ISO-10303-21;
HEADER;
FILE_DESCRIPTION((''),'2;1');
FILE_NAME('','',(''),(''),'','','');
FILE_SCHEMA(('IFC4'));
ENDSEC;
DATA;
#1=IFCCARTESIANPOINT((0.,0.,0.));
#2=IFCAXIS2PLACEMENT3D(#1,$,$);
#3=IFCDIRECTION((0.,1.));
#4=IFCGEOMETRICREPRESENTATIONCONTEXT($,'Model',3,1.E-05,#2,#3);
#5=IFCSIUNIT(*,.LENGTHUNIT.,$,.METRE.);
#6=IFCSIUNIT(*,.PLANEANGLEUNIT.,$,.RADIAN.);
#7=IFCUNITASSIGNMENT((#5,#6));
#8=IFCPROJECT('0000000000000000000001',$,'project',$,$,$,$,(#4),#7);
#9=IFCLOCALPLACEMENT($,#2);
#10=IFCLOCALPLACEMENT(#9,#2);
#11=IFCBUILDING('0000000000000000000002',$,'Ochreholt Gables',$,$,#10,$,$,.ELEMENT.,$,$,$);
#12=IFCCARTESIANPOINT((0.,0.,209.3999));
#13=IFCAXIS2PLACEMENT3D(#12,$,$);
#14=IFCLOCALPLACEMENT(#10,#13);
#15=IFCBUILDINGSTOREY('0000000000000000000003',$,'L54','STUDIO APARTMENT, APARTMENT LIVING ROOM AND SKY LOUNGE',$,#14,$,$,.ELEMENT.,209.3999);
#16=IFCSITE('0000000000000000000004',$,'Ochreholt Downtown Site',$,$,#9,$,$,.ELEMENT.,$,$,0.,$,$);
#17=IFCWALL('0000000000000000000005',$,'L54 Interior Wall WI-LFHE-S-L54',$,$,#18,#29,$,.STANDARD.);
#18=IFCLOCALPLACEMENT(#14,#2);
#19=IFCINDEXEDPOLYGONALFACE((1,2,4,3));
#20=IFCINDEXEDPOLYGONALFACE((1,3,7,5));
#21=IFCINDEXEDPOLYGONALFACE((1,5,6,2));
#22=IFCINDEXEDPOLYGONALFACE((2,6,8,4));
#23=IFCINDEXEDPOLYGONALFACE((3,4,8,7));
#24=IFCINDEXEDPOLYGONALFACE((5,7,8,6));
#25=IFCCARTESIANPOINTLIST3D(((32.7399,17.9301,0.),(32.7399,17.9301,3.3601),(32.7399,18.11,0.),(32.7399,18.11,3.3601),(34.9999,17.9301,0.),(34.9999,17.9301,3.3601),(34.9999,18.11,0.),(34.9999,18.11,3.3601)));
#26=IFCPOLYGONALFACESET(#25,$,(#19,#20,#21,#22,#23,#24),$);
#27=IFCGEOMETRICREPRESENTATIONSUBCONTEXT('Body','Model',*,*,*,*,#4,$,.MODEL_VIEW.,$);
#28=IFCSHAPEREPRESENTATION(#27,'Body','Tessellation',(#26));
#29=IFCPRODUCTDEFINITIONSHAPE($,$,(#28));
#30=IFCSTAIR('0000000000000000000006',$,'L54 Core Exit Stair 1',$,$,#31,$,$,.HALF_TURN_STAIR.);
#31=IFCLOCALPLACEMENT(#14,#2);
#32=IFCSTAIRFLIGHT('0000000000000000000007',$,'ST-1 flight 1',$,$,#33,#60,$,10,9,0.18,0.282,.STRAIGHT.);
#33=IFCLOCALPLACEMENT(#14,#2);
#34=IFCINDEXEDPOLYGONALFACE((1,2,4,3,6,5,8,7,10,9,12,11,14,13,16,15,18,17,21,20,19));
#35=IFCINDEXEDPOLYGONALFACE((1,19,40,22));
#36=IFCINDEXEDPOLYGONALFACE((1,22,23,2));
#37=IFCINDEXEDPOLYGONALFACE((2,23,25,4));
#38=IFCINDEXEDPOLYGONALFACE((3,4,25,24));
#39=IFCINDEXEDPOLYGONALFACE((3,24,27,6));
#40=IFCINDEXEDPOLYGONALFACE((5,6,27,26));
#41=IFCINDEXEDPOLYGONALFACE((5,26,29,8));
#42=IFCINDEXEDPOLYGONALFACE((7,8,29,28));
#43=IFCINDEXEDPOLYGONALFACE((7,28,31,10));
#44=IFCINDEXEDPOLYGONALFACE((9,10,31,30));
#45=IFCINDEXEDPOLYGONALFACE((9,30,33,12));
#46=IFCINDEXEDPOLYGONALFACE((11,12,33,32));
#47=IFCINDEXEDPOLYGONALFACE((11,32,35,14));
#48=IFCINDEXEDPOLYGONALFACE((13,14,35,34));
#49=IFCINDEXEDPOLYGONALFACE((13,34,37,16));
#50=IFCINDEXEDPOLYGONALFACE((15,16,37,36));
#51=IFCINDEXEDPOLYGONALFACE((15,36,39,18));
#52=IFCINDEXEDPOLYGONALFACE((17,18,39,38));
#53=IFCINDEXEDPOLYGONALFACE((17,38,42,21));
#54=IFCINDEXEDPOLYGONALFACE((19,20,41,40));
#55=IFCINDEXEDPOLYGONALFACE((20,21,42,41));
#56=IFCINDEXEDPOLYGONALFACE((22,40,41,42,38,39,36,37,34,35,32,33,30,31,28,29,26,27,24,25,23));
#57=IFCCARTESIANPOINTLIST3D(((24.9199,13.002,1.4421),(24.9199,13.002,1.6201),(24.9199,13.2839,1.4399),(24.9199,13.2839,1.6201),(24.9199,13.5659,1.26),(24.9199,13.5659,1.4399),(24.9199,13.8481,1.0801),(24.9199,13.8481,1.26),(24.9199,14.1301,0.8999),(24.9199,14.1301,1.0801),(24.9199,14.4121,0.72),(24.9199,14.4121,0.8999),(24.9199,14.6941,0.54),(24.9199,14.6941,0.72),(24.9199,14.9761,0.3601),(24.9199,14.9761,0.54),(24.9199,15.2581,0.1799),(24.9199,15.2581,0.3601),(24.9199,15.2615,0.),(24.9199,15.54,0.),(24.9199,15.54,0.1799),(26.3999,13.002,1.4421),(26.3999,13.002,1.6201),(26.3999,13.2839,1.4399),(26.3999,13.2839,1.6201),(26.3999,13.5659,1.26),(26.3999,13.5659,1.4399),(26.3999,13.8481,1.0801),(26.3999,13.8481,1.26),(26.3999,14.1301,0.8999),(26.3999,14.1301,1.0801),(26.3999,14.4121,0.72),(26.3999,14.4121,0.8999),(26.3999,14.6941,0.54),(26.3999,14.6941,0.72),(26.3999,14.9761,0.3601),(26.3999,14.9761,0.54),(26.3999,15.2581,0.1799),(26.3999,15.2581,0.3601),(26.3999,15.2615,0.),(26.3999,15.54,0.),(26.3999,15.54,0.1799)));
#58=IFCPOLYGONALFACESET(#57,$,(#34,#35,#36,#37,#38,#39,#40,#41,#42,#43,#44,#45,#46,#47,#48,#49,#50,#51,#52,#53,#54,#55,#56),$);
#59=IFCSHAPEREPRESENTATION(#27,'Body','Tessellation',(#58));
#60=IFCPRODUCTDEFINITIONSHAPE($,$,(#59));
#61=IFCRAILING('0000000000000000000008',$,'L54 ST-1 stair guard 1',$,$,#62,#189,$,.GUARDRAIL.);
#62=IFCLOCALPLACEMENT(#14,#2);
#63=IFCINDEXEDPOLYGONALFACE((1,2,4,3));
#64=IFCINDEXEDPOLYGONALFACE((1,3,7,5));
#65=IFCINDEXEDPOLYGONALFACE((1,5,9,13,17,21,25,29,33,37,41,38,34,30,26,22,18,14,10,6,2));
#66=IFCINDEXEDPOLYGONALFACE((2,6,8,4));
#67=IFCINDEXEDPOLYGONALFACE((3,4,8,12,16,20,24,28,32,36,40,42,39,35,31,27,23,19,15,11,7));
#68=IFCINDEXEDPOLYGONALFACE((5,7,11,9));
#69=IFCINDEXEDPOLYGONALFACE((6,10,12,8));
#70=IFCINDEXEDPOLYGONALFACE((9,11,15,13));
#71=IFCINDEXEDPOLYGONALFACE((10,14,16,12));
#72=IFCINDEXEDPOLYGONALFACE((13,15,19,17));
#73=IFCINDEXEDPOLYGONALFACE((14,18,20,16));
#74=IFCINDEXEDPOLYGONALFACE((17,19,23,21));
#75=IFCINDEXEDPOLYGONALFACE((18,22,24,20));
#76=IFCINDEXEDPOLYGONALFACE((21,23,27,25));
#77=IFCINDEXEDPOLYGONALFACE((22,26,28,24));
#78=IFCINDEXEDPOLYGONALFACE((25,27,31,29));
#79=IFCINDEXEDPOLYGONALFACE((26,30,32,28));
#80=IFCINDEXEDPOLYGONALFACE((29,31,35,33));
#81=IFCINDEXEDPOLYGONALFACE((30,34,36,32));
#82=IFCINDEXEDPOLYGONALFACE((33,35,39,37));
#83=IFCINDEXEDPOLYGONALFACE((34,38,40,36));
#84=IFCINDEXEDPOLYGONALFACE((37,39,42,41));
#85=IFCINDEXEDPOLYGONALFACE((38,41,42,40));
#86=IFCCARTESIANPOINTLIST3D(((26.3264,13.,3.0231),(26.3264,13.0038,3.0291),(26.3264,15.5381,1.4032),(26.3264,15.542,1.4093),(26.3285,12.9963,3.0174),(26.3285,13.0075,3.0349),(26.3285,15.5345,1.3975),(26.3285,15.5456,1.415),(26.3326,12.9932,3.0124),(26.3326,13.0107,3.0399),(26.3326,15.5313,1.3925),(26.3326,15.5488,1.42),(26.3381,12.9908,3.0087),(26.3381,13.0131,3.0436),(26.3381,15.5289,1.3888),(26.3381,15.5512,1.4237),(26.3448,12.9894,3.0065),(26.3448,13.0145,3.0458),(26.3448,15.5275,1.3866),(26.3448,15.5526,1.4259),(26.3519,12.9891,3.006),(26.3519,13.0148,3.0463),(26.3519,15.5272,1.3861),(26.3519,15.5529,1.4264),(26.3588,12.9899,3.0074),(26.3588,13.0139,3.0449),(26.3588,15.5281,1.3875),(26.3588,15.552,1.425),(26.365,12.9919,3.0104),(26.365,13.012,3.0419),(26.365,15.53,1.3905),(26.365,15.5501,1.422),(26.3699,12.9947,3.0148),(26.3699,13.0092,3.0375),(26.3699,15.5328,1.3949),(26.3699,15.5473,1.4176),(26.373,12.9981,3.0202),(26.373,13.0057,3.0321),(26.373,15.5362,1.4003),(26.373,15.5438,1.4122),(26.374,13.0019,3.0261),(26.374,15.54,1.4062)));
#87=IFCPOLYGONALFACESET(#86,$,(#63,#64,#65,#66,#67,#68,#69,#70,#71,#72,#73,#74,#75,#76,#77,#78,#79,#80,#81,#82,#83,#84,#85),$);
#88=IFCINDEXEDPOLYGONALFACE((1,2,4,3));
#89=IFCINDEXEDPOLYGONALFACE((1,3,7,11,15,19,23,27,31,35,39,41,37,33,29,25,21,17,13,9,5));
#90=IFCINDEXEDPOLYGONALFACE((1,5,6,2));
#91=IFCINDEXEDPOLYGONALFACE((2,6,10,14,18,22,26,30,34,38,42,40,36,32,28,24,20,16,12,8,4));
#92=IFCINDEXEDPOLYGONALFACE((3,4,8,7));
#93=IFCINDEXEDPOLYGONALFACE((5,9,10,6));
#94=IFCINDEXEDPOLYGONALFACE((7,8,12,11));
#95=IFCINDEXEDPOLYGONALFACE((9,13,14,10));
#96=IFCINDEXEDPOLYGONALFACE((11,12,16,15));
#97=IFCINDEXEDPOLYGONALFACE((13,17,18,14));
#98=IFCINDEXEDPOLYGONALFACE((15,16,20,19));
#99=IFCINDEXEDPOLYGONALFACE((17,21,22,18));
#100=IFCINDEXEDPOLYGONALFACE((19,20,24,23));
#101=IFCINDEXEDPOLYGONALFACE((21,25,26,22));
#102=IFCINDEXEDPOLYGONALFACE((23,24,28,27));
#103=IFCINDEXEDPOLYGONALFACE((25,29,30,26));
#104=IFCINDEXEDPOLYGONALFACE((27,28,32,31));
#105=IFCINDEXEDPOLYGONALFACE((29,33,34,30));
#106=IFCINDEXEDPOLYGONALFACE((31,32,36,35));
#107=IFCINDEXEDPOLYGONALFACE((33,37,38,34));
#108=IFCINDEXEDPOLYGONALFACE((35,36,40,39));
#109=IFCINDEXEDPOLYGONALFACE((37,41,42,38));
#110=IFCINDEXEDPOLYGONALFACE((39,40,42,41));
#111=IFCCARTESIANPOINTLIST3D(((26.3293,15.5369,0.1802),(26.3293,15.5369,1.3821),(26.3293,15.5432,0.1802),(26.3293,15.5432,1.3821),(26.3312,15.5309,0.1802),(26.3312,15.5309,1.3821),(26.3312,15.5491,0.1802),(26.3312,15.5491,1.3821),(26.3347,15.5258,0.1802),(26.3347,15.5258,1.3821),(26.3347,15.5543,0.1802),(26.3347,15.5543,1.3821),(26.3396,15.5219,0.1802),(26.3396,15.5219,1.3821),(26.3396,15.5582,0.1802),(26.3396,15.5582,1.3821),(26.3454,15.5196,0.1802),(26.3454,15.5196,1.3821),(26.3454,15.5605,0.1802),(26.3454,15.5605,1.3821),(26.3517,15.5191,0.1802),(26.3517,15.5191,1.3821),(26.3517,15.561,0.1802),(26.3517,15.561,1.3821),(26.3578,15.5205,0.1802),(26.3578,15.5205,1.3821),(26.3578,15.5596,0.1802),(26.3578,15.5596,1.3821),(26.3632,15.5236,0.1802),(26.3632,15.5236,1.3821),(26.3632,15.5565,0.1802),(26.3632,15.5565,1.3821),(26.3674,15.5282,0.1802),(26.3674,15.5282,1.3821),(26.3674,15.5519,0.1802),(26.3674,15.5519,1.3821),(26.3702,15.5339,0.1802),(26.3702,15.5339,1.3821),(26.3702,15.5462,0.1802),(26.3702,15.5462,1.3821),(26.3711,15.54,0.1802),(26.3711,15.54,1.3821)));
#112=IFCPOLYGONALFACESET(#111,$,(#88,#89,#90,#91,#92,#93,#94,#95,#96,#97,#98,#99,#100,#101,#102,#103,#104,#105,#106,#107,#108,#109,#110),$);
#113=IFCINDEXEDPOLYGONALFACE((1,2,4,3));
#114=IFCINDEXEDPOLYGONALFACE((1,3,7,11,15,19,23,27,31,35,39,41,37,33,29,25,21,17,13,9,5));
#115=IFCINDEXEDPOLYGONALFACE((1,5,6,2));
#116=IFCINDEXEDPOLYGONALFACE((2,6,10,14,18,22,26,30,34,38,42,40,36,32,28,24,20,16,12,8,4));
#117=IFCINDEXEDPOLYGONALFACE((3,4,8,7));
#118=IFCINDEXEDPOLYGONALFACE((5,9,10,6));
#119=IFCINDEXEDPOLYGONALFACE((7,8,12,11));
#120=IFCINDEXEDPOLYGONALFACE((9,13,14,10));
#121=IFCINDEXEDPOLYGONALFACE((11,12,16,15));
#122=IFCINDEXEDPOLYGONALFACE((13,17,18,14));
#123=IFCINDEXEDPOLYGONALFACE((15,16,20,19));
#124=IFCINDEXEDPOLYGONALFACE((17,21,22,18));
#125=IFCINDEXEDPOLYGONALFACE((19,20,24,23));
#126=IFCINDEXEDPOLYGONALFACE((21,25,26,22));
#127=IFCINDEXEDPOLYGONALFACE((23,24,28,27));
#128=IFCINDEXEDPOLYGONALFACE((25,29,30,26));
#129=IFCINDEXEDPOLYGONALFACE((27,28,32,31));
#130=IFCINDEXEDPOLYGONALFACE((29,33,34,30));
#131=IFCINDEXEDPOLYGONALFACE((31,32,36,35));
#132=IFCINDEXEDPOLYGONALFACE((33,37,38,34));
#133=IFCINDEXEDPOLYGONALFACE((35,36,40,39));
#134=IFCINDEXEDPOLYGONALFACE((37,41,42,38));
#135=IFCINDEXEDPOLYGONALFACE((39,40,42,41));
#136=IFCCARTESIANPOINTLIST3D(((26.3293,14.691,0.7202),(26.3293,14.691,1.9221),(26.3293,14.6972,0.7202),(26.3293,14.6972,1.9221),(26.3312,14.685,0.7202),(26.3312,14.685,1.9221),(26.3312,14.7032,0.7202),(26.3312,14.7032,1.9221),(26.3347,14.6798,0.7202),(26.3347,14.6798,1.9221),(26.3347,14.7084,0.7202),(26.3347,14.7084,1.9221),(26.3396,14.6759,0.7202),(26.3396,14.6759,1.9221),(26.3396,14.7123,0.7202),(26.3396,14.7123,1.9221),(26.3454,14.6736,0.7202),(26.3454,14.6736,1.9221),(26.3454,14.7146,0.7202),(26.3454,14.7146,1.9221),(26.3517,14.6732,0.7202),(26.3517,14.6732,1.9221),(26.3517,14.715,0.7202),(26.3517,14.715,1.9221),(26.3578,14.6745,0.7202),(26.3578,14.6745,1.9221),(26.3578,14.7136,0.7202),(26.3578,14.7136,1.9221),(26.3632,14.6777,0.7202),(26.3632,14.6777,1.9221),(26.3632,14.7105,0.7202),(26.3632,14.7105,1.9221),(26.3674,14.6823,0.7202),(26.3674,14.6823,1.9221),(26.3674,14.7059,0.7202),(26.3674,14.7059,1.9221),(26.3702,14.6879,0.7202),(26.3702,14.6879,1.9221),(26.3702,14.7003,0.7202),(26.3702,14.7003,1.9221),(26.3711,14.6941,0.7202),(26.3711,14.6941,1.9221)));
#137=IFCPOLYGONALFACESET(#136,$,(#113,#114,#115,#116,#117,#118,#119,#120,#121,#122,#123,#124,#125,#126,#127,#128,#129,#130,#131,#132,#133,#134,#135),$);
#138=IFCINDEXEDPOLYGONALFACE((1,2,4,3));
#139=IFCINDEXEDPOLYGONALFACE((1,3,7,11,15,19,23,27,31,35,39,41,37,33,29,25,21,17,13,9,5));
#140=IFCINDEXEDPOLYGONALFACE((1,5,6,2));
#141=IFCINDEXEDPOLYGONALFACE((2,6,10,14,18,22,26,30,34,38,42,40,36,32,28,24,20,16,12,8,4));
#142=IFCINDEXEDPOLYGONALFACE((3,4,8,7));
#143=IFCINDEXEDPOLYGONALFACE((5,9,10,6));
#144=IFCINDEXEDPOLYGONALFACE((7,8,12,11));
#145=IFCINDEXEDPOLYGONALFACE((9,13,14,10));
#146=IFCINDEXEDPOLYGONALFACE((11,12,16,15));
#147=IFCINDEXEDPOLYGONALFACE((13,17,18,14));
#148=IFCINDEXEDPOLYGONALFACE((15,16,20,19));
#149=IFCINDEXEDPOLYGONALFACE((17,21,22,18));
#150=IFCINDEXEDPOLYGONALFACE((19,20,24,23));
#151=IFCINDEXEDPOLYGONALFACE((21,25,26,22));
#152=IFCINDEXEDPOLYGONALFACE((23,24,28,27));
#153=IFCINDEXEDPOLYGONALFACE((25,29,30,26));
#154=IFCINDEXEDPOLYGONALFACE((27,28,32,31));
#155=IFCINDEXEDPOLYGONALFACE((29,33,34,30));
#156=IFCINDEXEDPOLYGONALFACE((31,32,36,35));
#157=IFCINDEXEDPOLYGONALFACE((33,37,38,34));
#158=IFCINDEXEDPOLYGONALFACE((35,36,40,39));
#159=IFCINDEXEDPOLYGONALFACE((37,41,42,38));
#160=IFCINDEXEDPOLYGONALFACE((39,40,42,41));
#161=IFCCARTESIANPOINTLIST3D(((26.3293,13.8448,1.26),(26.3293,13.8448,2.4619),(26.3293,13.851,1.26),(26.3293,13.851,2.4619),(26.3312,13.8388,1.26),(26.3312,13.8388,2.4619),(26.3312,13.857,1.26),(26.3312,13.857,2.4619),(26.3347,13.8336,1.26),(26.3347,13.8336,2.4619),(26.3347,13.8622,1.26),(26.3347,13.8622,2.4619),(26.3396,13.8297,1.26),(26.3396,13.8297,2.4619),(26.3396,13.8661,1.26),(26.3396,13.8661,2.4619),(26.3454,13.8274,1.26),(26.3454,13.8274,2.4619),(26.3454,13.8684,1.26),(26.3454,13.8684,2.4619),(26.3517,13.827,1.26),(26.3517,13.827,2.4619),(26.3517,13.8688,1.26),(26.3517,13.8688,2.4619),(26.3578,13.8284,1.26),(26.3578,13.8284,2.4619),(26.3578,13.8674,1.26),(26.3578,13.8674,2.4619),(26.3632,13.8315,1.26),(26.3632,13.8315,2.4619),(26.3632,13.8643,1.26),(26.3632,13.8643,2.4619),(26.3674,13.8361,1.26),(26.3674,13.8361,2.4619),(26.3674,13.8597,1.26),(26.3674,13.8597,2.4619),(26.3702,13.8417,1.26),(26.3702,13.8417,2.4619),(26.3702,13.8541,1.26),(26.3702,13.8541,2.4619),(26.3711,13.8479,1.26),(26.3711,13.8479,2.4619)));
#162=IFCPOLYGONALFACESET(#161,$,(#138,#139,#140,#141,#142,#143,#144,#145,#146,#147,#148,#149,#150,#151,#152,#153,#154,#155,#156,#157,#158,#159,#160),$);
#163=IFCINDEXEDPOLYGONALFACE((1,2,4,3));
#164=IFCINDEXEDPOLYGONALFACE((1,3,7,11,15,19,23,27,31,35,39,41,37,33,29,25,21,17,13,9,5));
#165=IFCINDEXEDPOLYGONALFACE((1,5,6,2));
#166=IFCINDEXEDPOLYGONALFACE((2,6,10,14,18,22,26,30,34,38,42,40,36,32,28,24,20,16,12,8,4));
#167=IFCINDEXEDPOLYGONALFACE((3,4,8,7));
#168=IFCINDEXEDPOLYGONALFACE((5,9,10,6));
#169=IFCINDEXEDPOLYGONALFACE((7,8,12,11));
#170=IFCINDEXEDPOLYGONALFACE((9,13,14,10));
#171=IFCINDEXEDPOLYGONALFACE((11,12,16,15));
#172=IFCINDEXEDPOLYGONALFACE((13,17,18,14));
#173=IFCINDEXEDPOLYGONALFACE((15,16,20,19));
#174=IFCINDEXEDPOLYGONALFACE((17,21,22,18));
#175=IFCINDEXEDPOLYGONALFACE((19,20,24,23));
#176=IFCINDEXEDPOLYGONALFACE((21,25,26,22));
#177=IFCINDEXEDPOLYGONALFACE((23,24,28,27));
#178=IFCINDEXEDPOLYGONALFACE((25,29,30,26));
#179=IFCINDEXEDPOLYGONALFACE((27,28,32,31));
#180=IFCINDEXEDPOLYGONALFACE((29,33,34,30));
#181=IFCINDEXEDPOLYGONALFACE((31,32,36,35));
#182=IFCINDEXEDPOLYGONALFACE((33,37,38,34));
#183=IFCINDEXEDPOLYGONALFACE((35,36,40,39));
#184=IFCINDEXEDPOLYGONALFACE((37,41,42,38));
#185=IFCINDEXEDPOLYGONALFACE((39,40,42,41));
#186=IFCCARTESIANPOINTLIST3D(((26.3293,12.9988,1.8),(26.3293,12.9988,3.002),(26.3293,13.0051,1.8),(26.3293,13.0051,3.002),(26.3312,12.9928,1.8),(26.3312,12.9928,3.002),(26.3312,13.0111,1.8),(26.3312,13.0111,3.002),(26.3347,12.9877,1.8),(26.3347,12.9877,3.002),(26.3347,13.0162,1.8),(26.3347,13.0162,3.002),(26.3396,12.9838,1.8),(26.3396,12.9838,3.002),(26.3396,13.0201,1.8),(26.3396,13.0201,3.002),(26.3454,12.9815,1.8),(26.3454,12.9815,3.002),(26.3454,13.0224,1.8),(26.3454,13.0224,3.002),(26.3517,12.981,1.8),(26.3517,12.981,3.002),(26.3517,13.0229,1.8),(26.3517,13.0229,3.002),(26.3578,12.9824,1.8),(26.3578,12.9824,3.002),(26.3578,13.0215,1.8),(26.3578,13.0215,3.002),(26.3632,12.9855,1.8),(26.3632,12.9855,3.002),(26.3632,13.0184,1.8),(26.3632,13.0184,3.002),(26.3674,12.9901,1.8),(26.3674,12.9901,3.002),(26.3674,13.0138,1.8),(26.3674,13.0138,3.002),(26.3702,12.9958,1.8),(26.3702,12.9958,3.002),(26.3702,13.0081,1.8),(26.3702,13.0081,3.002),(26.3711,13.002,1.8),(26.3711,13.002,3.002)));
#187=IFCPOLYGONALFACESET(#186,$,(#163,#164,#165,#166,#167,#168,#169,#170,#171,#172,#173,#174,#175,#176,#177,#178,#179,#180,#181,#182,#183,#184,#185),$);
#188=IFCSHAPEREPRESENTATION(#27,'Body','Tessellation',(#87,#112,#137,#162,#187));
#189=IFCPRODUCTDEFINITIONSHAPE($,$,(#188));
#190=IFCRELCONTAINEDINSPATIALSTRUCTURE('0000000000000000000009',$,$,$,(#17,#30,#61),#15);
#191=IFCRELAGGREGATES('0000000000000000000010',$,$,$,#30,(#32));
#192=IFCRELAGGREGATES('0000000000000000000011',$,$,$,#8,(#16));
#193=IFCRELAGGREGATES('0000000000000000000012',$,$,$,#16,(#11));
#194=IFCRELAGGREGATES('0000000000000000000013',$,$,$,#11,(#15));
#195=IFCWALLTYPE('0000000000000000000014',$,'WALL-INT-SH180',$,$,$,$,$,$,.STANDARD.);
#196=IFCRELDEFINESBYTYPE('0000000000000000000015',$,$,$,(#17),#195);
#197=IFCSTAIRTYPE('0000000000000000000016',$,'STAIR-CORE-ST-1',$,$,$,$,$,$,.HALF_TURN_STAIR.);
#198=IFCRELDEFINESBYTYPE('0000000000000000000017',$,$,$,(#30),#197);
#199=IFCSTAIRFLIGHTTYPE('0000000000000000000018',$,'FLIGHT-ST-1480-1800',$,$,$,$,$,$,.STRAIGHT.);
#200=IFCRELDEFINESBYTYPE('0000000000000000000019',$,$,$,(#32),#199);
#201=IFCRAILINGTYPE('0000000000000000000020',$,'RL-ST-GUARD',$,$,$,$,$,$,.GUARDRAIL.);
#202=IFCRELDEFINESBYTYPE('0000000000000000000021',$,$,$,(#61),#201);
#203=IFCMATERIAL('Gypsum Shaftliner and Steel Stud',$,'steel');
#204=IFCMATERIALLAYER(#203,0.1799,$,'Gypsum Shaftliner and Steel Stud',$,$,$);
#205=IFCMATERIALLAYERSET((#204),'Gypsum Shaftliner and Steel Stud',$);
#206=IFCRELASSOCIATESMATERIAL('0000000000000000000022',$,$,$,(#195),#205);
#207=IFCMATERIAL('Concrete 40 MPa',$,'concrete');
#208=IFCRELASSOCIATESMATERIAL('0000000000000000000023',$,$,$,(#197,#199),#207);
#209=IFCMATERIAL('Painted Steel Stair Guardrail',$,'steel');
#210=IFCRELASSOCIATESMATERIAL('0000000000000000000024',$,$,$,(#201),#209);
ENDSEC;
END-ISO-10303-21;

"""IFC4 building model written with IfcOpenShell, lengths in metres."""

from ifc_helpers import new_model, si_unit, direction, frame, frame_2d, origin, origin_2d, place, context, subcontext, project, spatial, polyline, rectangle, circle, outline, extrude, material, layer, layer_set, type_object, element, aggregate, save


model = new_model("IFC4")

# Units and contexts
model_context = context("Model", 3, precision=1e-05, world=origin(), true_north=direction((0.0, 1.0)))
body_context = subcontext(model_context, "Body", "Model", "MODEL_VIEW")
ifc_project = project(units=[si_unit("LENGTHUNIT", "METRE"), si_unit("PLANEANGLEUNIT", "RADIAN")], contexts=[model_context])

# Site, building, storey
site_placement = place(None, origin())
site = spatial("IfcSite", under=ifc_project, at=site_placement, Name="Ochreholt Downtown Site", CompositionType="ELEMENT", RefElevation=0.0)
building_placement = place(site_placement, origin())
building = spatial("IfcBuilding", under=site, at=building_placement, Name="Ochreholt Gables", CompositionType="ELEMENT")
storey_placement = place(building_placement, frame((0.0, 0.0, 209.3999)))
storey = spatial("IfcBuildingStorey", under=building, at=storey_placement, Name="L54", Description="STUDIO APARTMENT, APARTMENT LIVING ROOM AND SKY LOUNGE", CompositionType="ELEMENT", Elevation=209.3999)

# Shared definitions
ifc_material_1 = material(Name="Concrete 40 MPa", Category="concrete")

# Shared definitions
ifc_material_2 = material(Name="Gypsum Shaftliner and Steel Stud", Category="steel")

# Shared definitions
ifc_layer_1 = layer(ifc_material_2, 0.1799, Name="Gypsum Shaftliner and Steel Stud")
ifc_layer_set_1 = layer_set([ifc_layer_1], Name="Gypsum Shaftliner and Steel Stud")
wall_type_1 = type_object("IfcWallType", Name="WALL-INT-SH180", PredefinedType="STANDARD", material=ifc_layer_set_1)

# Wall
wall_1_placement = place(storey_placement, frame((32.74, 18.02, 0.0), z_axis=(0.0, 0.0, 1.0), x_axis=(1.0, 0.0, 0.0)))
element("IfcWall", 1, at=wall_1_placement, inside=storey, type_object=wall_type_1, Name="L54 Interior Wall WI-LFHE-S-L54", PredefinedType="STANDARD", context=body_context, shape_type="SweptSolid", body=[
    extrude(rectangle(XDim=2.26, YDim=0.1799, at=frame_2d((1.1299, 0.0))), origin(), (0.0, 0.0, 1.0), 3.3601),
])

# Stair, stair flight
stair_type = type_object("IfcStairType", Name="STAIR-CORE-ST-1", PredefinedType="HALF_TURN_STAIR", material=ifc_material_1)
stair_placement = place(storey_placement, origin())
stair = element("IfcStair", 2, at=stair_placement, inside=storey, type_object=stair_type, Name="L54 Core Exit Stair 1", PredefinedType="HALF_TURN_STAIR")
stair_flight_type = type_object("IfcStairFlightType", Name="FLIGHT-ST-1480-1800", PredefinedType="STRAIGHT", material=ifc_material_1)
stair_flight_placement = place(storey_placement, frame((25.6599, 15.54, 0.0), z_axis=(0.0, 0.0, 1.0), x_axis=(0.0, -1.0, 0.0)))
stair_flight = element("IfcStairFlight", 3, at=stair_flight_placement, type_object=stair_flight_type, Name="ST-1 flight 1", NumberOfRisers=10, NumberOfTreads=9, PredefinedType="STRAIGHT", RiserHeight=0.18, TreadLength=0.282, context=body_context, shape_type="SweptSolid", body=[
    extrude(outline(polyline([(0.0, 0.0), (0.0, 0.1799), (0.282, 0.1799), (0.282, 0.3601), (0.564, 0.3601), (0.564, 0.54), (0.8459, 0.54), (0.8459, 0.72), (1.1279, 0.72), (1.1279, 0.8999), (1.4099, 0.8999), (1.4099, 1.0801), (1.6919, 1.0801), (1.6919, 1.26), (1.9741, 1.26), (1.9741, 1.4399), (2.2561, 1.4399), (2.2561, 1.6201), (2.5381, 1.6201), (2.5381, 1.8), (2.5381, 1.4421), (0.2786, 0.0), (0.0, 0.0)])), frame((0.0, 0.74, 0.0), z_axis=(0.0, -1.0, 0.0), x_axis=(1.0, 0.0, 0.0)), (0.0, 0.0, 1.0), 1.48),
])
aggregate(stair, [stair_flight])

# Railing
ifc_material_3 = material(Name="Painted Steel Stair Guardrail", Category="steel")
railing_type_1 = type_object("IfcRailingType", Name="RL-ST-GUARD", PredefinedType="GUARDRAIL", material=ifc_material_3)
railing_1_placement = place(storey_placement, frame((26.3501, 15.54, 0.1802)))
element("IfcRailing", 4, at=railing_1_placement, inside=storey, type_object=railing_type_1, Name="L54 ST-1 stair guard 1", PredefinedType="GUARDRAIL", context=body_context, shape_type="SweptSolid", body=[
    extrude(circle(Radius=0.0239, at=origin_2d()), frame((0.0, 0.0, 1.2261), z_axis=(0.0, -0.84295, 0.537993), x_axis=(1.0, 0.0, 0.0)), (0.0, 0.0, 1.0), 3.011),
    extrude(circle(Radius=0.021, at=origin_2d()), origin(), (0.0, 0.0, 1.0), 1.2019),
    extrude(circle(Radius=0.021, at=origin_2d()), frame((0.0, -0.8459, 0.54)), (0.0, 0.0, 1.0), 1.2019),
    extrude(circle(Radius=0.021, at=origin_2d()), frame((0.0, -1.6921, 1.0798)), (0.0, 0.0, 1.0), 1.2019),
    extrude(circle(Radius=0.021, at=origin_2d()), frame((0.0, -2.5381, 1.6199)), (0.0, 0.0, 1.0), 1.2019),
])

save(model, "model.ifc")
